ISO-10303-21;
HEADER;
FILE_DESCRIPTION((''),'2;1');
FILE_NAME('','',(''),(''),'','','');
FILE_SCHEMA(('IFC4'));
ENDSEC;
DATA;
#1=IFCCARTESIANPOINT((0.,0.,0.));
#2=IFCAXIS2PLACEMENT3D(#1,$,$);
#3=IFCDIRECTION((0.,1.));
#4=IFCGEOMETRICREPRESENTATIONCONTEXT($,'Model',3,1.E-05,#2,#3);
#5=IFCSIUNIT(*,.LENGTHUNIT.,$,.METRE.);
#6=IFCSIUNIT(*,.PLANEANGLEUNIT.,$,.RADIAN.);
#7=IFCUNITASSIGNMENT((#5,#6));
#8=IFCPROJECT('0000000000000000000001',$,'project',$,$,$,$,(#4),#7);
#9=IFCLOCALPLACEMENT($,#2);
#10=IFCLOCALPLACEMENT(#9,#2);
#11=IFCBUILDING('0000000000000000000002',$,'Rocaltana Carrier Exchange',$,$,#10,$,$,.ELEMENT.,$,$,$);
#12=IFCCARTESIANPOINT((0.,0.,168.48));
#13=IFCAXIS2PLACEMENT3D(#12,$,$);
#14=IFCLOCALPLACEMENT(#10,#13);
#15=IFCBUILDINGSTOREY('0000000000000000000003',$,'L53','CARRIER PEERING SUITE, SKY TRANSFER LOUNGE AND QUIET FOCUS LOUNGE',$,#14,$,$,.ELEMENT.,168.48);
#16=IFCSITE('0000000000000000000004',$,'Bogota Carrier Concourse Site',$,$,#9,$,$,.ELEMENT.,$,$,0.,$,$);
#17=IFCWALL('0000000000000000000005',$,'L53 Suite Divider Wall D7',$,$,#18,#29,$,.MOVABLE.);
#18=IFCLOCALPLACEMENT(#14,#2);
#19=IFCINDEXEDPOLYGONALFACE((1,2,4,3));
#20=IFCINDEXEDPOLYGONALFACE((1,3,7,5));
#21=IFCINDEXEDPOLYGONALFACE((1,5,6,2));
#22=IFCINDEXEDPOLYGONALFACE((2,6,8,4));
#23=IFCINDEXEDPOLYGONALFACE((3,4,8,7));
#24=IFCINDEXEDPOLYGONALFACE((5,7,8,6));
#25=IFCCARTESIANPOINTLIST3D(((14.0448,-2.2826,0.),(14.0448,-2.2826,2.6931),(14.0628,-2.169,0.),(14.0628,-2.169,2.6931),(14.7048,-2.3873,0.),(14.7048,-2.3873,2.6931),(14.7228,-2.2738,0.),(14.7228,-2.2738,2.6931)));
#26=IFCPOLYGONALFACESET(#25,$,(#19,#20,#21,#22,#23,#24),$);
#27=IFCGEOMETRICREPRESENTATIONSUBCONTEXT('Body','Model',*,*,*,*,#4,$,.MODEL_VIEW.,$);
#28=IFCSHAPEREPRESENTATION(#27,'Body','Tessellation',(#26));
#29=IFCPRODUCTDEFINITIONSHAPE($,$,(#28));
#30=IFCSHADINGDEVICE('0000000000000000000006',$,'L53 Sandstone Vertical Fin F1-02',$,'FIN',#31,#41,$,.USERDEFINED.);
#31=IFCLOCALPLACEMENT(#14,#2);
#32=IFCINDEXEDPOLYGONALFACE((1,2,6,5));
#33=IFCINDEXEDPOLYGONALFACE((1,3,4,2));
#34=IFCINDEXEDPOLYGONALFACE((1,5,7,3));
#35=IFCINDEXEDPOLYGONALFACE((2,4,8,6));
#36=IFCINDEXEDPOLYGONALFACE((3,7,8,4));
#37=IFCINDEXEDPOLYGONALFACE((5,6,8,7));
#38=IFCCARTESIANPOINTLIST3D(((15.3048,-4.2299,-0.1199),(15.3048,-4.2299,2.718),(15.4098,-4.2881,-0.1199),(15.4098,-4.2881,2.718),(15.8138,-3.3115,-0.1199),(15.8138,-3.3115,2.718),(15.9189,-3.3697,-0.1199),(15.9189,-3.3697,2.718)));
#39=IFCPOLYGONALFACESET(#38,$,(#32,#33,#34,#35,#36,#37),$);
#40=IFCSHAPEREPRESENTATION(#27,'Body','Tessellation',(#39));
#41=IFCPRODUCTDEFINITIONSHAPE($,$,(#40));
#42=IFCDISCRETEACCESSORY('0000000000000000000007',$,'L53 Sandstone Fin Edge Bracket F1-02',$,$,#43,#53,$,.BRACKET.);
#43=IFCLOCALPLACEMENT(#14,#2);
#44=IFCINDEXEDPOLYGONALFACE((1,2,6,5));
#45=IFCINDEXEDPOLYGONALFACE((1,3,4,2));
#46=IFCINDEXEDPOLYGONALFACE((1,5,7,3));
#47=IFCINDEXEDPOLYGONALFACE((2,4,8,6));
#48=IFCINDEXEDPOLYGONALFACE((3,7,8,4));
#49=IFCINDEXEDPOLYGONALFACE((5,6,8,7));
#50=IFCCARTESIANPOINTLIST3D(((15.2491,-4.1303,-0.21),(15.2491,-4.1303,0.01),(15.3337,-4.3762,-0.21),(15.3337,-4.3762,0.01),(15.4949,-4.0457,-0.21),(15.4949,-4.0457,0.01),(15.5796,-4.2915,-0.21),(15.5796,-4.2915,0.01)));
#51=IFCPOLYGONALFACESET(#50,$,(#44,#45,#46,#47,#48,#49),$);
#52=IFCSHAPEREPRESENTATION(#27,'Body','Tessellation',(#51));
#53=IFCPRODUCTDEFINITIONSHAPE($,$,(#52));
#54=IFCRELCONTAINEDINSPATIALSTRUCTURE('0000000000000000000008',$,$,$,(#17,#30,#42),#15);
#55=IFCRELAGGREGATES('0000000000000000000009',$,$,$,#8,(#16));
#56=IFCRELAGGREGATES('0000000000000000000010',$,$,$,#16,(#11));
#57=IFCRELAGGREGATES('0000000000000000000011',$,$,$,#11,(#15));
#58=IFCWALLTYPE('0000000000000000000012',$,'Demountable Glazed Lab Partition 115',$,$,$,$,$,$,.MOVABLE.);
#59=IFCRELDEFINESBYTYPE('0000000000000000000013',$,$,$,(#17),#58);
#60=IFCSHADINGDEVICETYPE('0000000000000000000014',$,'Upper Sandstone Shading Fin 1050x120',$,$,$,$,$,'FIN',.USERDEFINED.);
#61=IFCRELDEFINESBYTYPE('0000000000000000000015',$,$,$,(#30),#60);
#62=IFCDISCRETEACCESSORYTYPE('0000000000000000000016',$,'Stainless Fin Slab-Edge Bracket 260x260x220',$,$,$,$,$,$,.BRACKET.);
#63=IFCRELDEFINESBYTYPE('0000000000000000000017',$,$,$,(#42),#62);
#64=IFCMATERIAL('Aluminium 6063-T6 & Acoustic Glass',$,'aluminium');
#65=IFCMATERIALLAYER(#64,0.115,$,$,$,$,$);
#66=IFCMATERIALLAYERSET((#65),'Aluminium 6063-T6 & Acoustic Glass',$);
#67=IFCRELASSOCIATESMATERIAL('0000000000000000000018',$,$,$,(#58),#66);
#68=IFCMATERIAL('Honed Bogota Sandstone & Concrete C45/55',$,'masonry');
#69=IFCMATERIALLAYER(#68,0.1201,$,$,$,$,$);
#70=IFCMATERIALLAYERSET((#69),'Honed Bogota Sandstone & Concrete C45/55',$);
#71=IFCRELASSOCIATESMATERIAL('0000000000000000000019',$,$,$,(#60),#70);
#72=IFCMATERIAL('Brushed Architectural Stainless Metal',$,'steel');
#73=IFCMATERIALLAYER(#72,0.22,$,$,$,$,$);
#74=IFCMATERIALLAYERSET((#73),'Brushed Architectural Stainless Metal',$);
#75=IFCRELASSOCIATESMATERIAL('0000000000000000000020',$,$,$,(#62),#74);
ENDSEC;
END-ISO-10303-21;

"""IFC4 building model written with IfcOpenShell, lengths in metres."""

from ifc_helpers import new_model, si_unit, direction, frame, frame_2d, origin, origin_2d, place, context, subcontext, project, spatial, rectangle, extrude, material, layer, layer_set, type_object, element, save


model = new_model("IFC4")

# Units and contexts
model_context = context("Model", 3, precision=1e-05, world=origin(), true_north=direction((0.0, 1.0)))
body_context = subcontext(model_context, "Body", "Model", "MODEL_VIEW")
ifc_project = project(units=[si_unit("LENGTHUNIT", "METRE"), si_unit("PLANEANGLEUNIT", "RADIAN")], contexts=[model_context])

# Site, building, storey
site_placement = place(None, origin())
site = spatial("IfcSite", under=ifc_project, at=site_placement, Name="Bogota Carrier Concourse Site", CompositionType="ELEMENT", RefElevation=0.0)
building_placement = place(site_placement, origin())
building = spatial("IfcBuilding", under=site, at=building_placement, Name="Rocaltana Carrier Exchange", CompositionType="ELEMENT")
storey_placement = place(building_placement, frame((0.0, 0.0, 168.48)))
storey = spatial("IfcBuildingStorey", under=building, at=storey_placement, Name="L53", Description="CARRIER PEERING SUITE, SKY TRANSFER LOUNGE AND QUIET FOCUS LOUNGE", CompositionType="ELEMENT", Elevation=168.48)

# Wall
ifc_material_1 = material(Name="Aluminium 6063-T6 & Acoustic Glass", Category="aluminium")
ifc_layer_1 = layer(ifc_material_1, 0.115)
ifc_layer_set_1 = layer_set([ifc_layer_1], Name="Aluminium 6063-T6 & Acoustic Glass")
wall_type_1 = type_object("IfcWallType", Name="Demountable Glazed Lab Partition 115", PredefinedType="MOVABLE", material=ifc_layer_set_1)
wall_1_placement = place(storey_placement, frame((14.054, -2.2258, 0.0), z_axis=(0.0, 0.0, 1.0), x_axis=(0.987638, -0.156751, 0.0)))
element("IfcWall", 1, at=wall_1_placement, inside=storey, type_object=wall_type_1, Name="L53 Suite Divider Wall D7", PredefinedType="MOVABLE", context=body_context, shape_type="SweptSolid", body=[
    extrude(rectangle(XDim=0.6682, YDim=0.115, at=frame_2d((0.334, 0.0))), origin(), (0.0, 0.0, 1.0), 2.6931),
])

# Shading device
ifc_material_2 = material(Name="Honed Bogota Sandstone & Concrete C45/55", Category="masonry")
ifc_layer_2 = layer(ifc_material_2, 0.1201)
ifc_layer_set_2 = layer_set([ifc_layer_2], Name="Honed Bogota Sandstone & Concrete C45/55")
shading_device_type = type_object("IfcShadingDeviceType", Name="Upper Sandstone Shading Fin 1050x120", ElementType="FIN", PredefinedType="USERDEFINED", material=ifc_layer_set_2)
shading_device_placement = place(storey_placement, frame((15.6118, -3.7998, -0.1199), z_axis=(0.0, 0.0, 1.0), x_axis=(0.48481, 0.87462, 0.0)))
element("IfcShadingDevice", 2, at=shading_device_placement, inside=storey, type_object=shading_device_type, Name="L53 Sandstone Vertical Fin F1-02", ObjectType="FIN", PredefinedType="USERDEFINED", context=body_context, shape_type="SweptSolid", body=[
    extrude(rectangle(XDim=1.05, YDim=0.1201, at=origin_2d()), origin(), (0.0, 0.0, 1.0), 2.8379),
])

# Discrete accessory
ifc_material_3 = material(Name="Brushed Architectural Stainless Metal", Category="steel")
ifc_layer_3 = layer(ifc_material_3, 0.22)
ifc_layer_set_3 = layer_set([ifc_layer_3], Name="Brushed Architectural Stainless Metal")
discrete_accessory_type = type_object("IfcDiscreteAccessoryType", Name="Stainless Fin Slab-Edge Bracket 260x260x220", PredefinedType="BRACKET", material=ifc_layer_set_3)
discrete_accessory_placement = place(storey_placement, frame((15.4143, -4.2109, -0.21), z_axis=(0.0, 0.0, 1.0), x_axis=(-0.325568, 0.945519, 0.0)))
element("IfcDiscreteAccessory", 3, at=discrete_accessory_placement, inside=storey, type_object=discrete_accessory_type, Name="L53 Sandstone Fin Edge Bracket F1-02", PredefinedType="BRACKET", context=body_context, shape_type="SweptSolid", body=[
    extrude(rectangle(XDim=0.26, YDim=0.26, at=origin_2d()), origin(), (0.0, 0.0, 1.0), 0.22),
])

save(model, "model.ifc")
